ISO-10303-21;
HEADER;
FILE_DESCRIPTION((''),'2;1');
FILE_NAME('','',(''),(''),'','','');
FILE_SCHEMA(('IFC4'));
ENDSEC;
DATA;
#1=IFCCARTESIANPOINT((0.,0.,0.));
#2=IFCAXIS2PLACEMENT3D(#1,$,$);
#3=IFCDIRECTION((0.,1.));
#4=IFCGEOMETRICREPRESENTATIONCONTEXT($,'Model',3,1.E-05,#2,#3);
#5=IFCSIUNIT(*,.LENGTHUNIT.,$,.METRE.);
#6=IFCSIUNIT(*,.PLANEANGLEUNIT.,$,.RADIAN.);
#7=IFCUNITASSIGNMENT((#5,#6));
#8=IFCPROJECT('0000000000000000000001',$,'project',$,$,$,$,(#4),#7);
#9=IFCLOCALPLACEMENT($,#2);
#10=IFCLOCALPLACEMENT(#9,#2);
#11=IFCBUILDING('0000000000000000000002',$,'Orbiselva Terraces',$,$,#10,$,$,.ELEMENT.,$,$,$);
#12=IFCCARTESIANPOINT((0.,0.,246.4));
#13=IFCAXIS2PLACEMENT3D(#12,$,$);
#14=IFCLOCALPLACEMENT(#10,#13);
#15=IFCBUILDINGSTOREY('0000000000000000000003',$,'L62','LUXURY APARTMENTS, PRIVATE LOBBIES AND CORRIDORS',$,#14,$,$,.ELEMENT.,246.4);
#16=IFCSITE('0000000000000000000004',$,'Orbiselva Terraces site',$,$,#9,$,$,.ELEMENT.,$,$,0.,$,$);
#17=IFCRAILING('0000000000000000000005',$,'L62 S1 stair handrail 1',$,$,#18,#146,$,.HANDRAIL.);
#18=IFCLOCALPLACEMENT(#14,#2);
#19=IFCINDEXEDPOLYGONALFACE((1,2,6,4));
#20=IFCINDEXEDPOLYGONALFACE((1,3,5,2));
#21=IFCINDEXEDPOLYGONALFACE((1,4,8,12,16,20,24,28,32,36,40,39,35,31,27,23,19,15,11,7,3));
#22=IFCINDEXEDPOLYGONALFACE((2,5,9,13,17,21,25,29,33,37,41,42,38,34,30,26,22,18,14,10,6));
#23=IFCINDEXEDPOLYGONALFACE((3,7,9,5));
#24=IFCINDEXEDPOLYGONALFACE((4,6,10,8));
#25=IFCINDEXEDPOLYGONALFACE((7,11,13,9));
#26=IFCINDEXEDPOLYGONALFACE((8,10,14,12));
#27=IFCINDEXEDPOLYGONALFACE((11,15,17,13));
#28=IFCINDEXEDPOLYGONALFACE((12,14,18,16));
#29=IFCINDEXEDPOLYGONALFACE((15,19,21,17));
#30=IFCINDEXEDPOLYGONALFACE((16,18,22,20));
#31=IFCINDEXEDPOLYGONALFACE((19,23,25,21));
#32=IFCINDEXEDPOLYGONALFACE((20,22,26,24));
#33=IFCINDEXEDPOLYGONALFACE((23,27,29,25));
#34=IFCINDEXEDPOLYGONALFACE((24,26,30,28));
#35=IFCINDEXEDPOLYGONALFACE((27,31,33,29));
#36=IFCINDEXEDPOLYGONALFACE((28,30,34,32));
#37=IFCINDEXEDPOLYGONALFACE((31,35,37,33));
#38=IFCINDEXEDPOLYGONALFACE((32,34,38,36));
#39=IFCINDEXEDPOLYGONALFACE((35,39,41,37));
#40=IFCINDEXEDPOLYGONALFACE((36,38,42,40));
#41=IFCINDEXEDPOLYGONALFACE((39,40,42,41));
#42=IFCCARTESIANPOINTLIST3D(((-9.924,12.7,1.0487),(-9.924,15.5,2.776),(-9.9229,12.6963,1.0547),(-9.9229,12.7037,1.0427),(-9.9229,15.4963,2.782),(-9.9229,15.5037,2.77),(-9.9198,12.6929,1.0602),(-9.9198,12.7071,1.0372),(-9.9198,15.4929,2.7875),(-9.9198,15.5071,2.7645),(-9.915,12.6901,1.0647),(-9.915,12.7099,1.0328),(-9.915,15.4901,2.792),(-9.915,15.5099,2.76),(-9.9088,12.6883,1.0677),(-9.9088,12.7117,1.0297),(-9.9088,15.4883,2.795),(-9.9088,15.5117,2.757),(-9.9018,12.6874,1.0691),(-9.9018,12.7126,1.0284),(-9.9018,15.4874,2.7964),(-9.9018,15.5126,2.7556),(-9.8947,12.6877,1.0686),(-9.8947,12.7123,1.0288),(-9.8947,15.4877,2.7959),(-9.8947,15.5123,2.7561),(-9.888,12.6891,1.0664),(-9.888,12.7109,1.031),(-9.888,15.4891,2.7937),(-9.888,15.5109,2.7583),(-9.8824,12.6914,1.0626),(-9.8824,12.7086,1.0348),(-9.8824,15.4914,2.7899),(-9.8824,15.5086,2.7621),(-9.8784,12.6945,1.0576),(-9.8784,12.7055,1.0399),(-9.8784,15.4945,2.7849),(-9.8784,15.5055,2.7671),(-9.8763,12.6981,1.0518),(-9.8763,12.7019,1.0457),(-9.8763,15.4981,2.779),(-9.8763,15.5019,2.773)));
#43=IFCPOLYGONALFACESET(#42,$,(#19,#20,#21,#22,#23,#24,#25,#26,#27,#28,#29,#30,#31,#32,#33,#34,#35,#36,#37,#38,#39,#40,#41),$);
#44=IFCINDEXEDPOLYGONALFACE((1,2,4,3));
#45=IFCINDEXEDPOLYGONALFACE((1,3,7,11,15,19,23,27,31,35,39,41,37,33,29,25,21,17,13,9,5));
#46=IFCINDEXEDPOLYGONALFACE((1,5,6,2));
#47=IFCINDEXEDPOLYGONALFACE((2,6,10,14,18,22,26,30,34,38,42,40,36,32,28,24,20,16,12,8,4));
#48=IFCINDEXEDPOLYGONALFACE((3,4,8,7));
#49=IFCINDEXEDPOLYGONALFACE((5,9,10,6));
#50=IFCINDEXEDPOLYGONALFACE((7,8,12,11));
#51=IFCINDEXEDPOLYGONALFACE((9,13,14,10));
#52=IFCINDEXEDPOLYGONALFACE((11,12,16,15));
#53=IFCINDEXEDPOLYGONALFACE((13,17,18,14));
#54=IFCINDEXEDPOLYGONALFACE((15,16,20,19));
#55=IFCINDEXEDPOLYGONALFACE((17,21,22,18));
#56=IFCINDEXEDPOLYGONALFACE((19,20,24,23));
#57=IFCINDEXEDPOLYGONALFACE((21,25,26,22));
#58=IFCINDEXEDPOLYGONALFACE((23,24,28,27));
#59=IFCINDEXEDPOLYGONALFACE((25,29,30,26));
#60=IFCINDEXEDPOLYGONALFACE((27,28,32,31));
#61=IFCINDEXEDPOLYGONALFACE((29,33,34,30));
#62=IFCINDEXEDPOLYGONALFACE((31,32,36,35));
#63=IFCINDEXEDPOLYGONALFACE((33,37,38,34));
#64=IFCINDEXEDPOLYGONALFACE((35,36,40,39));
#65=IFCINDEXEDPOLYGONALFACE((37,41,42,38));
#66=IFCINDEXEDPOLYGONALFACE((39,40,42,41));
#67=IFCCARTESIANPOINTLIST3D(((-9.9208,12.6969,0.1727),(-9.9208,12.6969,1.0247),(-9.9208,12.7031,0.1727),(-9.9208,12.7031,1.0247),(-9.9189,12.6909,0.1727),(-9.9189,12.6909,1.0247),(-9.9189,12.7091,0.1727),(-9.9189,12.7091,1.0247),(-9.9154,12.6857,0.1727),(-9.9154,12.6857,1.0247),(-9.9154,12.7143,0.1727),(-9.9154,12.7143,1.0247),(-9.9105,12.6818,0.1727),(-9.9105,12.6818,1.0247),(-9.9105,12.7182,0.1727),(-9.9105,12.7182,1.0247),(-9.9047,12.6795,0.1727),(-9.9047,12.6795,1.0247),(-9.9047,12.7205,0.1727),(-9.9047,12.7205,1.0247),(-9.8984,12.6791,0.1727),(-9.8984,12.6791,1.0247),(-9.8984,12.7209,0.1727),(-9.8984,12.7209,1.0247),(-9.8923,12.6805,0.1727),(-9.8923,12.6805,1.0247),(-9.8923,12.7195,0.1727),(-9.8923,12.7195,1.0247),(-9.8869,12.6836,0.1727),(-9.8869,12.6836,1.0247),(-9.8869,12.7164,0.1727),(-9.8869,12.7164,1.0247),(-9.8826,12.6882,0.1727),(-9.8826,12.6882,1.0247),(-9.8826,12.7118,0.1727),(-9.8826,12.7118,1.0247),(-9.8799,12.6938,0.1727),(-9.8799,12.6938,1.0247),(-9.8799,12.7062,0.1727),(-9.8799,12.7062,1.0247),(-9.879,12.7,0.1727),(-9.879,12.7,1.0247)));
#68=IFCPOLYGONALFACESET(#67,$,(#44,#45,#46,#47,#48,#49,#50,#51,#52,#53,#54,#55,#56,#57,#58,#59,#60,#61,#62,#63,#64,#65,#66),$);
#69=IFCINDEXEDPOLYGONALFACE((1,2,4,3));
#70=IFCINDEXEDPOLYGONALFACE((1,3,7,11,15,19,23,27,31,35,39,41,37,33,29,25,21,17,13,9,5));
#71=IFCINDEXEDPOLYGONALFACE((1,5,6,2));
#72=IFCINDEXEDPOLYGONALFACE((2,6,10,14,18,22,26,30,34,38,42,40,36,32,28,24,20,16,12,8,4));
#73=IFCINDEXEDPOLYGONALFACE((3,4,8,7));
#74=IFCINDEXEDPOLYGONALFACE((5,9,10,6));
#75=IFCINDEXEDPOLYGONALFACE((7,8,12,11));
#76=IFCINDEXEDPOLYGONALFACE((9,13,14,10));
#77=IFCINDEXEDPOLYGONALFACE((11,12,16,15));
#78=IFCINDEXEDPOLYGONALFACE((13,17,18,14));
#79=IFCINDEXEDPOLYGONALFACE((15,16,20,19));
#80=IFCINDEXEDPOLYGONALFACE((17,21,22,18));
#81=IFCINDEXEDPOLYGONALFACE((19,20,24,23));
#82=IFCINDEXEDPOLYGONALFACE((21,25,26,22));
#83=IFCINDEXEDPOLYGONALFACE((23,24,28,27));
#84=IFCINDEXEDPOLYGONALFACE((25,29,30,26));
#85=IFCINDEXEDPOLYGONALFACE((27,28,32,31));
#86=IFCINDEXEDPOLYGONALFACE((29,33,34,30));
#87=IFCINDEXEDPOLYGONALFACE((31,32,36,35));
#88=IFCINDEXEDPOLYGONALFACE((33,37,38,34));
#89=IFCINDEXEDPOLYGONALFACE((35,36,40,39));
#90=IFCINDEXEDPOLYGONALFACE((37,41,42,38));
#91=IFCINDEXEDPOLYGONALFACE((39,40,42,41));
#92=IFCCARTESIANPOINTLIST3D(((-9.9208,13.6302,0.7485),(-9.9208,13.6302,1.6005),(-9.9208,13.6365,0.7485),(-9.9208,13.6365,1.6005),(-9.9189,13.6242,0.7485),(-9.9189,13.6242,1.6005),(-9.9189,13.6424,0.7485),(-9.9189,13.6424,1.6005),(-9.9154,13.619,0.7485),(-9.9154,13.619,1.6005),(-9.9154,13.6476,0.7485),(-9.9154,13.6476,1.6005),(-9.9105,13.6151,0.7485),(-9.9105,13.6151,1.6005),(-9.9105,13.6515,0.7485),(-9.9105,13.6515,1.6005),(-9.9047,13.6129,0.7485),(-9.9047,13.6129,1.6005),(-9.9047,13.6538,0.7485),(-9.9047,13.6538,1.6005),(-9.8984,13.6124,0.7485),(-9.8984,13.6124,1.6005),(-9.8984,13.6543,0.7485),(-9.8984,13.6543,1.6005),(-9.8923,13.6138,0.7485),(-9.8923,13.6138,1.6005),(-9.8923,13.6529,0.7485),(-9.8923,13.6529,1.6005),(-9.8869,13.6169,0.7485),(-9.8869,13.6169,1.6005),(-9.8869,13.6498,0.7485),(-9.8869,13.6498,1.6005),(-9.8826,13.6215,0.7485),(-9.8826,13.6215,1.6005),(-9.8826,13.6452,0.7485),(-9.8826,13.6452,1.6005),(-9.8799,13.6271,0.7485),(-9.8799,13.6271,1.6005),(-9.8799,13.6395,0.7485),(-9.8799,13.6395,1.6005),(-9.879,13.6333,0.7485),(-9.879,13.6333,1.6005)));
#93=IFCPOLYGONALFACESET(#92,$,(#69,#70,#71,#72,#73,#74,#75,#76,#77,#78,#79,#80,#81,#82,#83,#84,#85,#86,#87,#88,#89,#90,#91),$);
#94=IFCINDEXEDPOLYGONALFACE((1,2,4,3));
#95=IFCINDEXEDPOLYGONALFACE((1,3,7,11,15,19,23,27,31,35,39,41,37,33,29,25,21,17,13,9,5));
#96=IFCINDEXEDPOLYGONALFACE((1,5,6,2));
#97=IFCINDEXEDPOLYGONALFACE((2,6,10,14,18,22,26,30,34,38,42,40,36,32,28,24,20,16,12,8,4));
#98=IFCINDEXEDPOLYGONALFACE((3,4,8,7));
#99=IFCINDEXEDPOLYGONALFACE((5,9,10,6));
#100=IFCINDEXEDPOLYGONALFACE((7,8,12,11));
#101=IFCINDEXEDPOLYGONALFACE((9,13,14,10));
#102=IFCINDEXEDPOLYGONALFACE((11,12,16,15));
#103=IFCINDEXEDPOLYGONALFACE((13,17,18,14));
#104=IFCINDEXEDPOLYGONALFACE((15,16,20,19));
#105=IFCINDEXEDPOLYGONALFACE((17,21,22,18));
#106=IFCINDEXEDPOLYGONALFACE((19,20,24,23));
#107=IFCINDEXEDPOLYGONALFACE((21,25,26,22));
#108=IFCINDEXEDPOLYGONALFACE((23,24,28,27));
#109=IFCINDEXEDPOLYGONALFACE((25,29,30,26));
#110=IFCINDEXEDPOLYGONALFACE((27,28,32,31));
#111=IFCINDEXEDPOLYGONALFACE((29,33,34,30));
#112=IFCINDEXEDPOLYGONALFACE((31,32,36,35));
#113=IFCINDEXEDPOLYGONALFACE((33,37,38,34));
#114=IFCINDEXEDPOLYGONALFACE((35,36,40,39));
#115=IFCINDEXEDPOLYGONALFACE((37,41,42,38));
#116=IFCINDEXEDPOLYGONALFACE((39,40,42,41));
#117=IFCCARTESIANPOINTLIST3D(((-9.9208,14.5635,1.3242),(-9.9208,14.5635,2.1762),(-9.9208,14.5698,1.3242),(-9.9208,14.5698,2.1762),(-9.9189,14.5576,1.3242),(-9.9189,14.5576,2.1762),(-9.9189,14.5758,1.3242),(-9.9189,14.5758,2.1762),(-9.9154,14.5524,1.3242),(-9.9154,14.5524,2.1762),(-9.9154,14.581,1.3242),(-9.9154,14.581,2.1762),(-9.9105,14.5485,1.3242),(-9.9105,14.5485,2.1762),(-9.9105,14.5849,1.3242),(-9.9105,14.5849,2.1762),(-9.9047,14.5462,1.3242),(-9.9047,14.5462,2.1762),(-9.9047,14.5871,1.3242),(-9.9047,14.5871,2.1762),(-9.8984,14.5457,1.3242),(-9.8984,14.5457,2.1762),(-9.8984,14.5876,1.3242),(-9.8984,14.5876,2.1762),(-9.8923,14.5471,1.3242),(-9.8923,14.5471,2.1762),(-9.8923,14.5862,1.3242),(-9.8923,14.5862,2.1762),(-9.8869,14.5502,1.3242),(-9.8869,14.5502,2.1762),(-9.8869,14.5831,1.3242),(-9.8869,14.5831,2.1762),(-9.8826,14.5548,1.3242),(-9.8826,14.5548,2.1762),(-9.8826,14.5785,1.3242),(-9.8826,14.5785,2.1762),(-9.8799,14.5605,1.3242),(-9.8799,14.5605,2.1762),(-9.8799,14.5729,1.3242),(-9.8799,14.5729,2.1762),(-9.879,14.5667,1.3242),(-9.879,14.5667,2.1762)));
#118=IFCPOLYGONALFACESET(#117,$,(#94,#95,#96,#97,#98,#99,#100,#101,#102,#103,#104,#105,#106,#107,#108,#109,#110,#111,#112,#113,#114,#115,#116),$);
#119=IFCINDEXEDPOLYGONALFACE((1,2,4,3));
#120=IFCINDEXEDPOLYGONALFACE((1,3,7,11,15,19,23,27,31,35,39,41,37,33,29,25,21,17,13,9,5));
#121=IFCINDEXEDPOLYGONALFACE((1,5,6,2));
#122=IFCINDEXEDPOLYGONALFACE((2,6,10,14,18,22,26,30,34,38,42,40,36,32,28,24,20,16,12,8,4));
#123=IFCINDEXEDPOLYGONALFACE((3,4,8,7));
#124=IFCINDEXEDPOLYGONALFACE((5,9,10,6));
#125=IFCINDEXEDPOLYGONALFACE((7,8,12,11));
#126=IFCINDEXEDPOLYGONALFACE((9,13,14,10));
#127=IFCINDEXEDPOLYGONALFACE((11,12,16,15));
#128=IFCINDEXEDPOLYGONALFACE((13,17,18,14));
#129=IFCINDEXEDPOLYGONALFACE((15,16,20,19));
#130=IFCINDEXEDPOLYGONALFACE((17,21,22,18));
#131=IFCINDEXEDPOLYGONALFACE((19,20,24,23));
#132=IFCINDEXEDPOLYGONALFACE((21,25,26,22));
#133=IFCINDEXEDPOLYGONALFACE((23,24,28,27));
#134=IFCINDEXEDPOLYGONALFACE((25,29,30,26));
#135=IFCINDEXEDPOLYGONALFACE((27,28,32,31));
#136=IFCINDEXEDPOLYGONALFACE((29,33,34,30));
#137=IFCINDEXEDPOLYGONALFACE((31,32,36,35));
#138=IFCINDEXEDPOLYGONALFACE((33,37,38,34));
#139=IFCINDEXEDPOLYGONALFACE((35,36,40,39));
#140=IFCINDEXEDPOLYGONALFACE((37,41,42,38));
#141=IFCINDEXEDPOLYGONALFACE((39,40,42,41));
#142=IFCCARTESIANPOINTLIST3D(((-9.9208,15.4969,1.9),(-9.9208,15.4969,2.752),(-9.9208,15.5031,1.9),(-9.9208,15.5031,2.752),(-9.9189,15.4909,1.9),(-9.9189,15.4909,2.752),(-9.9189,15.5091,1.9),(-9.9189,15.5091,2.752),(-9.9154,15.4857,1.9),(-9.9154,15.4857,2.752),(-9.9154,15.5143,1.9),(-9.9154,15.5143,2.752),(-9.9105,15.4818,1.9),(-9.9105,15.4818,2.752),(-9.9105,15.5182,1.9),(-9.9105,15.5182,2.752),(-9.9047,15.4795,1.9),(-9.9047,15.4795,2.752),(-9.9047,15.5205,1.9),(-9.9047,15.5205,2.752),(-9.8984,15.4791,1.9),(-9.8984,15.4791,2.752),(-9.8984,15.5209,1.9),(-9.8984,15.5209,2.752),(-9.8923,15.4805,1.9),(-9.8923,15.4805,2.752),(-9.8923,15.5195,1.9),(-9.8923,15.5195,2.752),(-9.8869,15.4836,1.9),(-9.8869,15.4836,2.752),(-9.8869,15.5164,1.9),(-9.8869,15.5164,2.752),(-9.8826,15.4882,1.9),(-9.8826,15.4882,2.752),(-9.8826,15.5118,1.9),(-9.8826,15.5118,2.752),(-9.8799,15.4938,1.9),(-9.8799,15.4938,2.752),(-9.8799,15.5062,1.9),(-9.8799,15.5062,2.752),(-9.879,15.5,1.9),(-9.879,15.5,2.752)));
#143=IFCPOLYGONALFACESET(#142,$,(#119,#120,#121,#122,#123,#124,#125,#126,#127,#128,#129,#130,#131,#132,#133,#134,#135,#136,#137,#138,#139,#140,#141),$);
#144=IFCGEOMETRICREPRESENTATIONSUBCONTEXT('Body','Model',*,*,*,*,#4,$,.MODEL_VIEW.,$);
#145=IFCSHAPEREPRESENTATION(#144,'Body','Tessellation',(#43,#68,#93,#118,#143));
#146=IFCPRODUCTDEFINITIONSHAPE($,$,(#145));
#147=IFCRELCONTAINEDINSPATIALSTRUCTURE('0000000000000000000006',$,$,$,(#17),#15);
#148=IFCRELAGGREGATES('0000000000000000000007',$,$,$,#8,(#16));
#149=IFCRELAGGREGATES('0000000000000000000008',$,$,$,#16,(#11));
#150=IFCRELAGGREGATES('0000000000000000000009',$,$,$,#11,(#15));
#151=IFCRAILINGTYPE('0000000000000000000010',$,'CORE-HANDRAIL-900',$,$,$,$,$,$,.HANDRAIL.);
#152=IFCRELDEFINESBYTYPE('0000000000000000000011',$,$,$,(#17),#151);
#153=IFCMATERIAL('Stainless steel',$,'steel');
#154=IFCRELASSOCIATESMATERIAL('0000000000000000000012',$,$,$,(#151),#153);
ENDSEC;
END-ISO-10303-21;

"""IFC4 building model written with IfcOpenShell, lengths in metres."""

from ifc_helpers import new_model, si_unit, direction, frame, origin, origin_2d, place, context, subcontext, project, spatial, circle, extrude, material, type_object, element, save


model = new_model("IFC4")

# Units and contexts
model_context = context("Model", 3, precision=1e-05, world=origin(), true_north=direction((0.0, 1.0)))
body_context = subcontext(model_context, "Body", "Model", "MODEL_VIEW")
ifc_project = project(units=[si_unit("LENGTHUNIT", "METRE"), si_unit("PLANEANGLEUNIT", "RADIAN")], contexts=[model_context])

# Site, building, storey
site_placement = place(None, origin())
site = spatial("IfcSite", under=ifc_project, at=site_placement, Name="Orbiselva Terraces site", CompositionType="ELEMENT", RefElevation=0.0)
building_placement = place(site_placement, origin())
building = spatial("IfcBuilding", under=site, at=building_placement, Name="Orbiselva Terraces", CompositionType="ELEMENT")
storey_placement = place(building_placement, frame((0.0, 0.0, 246.4)))
storey = spatial("IfcBuildingStorey", under=building, at=storey_placement, Name="L62", Description="LUXURY APARTMENTS, PRIVATE LOBBIES AND CORRIDORS", CompositionType="ELEMENT", Elevation=246.4)

# Railing
ifc_material_1 = material(Name="Stainless steel", Category="steel")
railing_type_1 = type_object("IfcRailingType", Name="CORE-HANDRAIL-900", PredefinedType="HANDRAIL", material=ifc_material_1)
railing_1_placement = place(storey_placement, frame((-9.9, 12.7, 0.1727)))
element("IfcRailing", 1, at=railing_1_placement, inside=storey, type_object=railing_type_1, Name="L62 S1 stair handrail 1", PredefinedType="HANDRAIL", context=body_context, shape_type="SweptSolid", body=[
    extrude(circle(Radius=0.024, at=origin_2d()), frame((0.0, 0.0, 0.876), z_axis=(0.0, 0.851089, 0.525022), x_axis=(-1.0, 0.0, 0.0)), (0.0, 0.0, 1.0), 3.2899),
    extrude(circle(Radius=0.021, at=origin_2d()), origin(), (0.0, 0.0, 1.0), 0.852),
    extrude(circle(Radius=0.021, at=origin_2d()), frame((0.0, 0.9333, 0.5758)), (0.0, 0.0, 1.0), 0.852),
    extrude(circle(Radius=0.021, at=origin_2d()), frame((0.0, 1.8667, 1.1515)), (0.0, 0.0, 1.0), 0.852),
    extrude(circle(Radius=0.021, at=origin_2d()), frame((0.0, 2.8, 1.7273)), (0.0, 0.0, 1.0), 0.852),
])

save(model, "model.ifc")
